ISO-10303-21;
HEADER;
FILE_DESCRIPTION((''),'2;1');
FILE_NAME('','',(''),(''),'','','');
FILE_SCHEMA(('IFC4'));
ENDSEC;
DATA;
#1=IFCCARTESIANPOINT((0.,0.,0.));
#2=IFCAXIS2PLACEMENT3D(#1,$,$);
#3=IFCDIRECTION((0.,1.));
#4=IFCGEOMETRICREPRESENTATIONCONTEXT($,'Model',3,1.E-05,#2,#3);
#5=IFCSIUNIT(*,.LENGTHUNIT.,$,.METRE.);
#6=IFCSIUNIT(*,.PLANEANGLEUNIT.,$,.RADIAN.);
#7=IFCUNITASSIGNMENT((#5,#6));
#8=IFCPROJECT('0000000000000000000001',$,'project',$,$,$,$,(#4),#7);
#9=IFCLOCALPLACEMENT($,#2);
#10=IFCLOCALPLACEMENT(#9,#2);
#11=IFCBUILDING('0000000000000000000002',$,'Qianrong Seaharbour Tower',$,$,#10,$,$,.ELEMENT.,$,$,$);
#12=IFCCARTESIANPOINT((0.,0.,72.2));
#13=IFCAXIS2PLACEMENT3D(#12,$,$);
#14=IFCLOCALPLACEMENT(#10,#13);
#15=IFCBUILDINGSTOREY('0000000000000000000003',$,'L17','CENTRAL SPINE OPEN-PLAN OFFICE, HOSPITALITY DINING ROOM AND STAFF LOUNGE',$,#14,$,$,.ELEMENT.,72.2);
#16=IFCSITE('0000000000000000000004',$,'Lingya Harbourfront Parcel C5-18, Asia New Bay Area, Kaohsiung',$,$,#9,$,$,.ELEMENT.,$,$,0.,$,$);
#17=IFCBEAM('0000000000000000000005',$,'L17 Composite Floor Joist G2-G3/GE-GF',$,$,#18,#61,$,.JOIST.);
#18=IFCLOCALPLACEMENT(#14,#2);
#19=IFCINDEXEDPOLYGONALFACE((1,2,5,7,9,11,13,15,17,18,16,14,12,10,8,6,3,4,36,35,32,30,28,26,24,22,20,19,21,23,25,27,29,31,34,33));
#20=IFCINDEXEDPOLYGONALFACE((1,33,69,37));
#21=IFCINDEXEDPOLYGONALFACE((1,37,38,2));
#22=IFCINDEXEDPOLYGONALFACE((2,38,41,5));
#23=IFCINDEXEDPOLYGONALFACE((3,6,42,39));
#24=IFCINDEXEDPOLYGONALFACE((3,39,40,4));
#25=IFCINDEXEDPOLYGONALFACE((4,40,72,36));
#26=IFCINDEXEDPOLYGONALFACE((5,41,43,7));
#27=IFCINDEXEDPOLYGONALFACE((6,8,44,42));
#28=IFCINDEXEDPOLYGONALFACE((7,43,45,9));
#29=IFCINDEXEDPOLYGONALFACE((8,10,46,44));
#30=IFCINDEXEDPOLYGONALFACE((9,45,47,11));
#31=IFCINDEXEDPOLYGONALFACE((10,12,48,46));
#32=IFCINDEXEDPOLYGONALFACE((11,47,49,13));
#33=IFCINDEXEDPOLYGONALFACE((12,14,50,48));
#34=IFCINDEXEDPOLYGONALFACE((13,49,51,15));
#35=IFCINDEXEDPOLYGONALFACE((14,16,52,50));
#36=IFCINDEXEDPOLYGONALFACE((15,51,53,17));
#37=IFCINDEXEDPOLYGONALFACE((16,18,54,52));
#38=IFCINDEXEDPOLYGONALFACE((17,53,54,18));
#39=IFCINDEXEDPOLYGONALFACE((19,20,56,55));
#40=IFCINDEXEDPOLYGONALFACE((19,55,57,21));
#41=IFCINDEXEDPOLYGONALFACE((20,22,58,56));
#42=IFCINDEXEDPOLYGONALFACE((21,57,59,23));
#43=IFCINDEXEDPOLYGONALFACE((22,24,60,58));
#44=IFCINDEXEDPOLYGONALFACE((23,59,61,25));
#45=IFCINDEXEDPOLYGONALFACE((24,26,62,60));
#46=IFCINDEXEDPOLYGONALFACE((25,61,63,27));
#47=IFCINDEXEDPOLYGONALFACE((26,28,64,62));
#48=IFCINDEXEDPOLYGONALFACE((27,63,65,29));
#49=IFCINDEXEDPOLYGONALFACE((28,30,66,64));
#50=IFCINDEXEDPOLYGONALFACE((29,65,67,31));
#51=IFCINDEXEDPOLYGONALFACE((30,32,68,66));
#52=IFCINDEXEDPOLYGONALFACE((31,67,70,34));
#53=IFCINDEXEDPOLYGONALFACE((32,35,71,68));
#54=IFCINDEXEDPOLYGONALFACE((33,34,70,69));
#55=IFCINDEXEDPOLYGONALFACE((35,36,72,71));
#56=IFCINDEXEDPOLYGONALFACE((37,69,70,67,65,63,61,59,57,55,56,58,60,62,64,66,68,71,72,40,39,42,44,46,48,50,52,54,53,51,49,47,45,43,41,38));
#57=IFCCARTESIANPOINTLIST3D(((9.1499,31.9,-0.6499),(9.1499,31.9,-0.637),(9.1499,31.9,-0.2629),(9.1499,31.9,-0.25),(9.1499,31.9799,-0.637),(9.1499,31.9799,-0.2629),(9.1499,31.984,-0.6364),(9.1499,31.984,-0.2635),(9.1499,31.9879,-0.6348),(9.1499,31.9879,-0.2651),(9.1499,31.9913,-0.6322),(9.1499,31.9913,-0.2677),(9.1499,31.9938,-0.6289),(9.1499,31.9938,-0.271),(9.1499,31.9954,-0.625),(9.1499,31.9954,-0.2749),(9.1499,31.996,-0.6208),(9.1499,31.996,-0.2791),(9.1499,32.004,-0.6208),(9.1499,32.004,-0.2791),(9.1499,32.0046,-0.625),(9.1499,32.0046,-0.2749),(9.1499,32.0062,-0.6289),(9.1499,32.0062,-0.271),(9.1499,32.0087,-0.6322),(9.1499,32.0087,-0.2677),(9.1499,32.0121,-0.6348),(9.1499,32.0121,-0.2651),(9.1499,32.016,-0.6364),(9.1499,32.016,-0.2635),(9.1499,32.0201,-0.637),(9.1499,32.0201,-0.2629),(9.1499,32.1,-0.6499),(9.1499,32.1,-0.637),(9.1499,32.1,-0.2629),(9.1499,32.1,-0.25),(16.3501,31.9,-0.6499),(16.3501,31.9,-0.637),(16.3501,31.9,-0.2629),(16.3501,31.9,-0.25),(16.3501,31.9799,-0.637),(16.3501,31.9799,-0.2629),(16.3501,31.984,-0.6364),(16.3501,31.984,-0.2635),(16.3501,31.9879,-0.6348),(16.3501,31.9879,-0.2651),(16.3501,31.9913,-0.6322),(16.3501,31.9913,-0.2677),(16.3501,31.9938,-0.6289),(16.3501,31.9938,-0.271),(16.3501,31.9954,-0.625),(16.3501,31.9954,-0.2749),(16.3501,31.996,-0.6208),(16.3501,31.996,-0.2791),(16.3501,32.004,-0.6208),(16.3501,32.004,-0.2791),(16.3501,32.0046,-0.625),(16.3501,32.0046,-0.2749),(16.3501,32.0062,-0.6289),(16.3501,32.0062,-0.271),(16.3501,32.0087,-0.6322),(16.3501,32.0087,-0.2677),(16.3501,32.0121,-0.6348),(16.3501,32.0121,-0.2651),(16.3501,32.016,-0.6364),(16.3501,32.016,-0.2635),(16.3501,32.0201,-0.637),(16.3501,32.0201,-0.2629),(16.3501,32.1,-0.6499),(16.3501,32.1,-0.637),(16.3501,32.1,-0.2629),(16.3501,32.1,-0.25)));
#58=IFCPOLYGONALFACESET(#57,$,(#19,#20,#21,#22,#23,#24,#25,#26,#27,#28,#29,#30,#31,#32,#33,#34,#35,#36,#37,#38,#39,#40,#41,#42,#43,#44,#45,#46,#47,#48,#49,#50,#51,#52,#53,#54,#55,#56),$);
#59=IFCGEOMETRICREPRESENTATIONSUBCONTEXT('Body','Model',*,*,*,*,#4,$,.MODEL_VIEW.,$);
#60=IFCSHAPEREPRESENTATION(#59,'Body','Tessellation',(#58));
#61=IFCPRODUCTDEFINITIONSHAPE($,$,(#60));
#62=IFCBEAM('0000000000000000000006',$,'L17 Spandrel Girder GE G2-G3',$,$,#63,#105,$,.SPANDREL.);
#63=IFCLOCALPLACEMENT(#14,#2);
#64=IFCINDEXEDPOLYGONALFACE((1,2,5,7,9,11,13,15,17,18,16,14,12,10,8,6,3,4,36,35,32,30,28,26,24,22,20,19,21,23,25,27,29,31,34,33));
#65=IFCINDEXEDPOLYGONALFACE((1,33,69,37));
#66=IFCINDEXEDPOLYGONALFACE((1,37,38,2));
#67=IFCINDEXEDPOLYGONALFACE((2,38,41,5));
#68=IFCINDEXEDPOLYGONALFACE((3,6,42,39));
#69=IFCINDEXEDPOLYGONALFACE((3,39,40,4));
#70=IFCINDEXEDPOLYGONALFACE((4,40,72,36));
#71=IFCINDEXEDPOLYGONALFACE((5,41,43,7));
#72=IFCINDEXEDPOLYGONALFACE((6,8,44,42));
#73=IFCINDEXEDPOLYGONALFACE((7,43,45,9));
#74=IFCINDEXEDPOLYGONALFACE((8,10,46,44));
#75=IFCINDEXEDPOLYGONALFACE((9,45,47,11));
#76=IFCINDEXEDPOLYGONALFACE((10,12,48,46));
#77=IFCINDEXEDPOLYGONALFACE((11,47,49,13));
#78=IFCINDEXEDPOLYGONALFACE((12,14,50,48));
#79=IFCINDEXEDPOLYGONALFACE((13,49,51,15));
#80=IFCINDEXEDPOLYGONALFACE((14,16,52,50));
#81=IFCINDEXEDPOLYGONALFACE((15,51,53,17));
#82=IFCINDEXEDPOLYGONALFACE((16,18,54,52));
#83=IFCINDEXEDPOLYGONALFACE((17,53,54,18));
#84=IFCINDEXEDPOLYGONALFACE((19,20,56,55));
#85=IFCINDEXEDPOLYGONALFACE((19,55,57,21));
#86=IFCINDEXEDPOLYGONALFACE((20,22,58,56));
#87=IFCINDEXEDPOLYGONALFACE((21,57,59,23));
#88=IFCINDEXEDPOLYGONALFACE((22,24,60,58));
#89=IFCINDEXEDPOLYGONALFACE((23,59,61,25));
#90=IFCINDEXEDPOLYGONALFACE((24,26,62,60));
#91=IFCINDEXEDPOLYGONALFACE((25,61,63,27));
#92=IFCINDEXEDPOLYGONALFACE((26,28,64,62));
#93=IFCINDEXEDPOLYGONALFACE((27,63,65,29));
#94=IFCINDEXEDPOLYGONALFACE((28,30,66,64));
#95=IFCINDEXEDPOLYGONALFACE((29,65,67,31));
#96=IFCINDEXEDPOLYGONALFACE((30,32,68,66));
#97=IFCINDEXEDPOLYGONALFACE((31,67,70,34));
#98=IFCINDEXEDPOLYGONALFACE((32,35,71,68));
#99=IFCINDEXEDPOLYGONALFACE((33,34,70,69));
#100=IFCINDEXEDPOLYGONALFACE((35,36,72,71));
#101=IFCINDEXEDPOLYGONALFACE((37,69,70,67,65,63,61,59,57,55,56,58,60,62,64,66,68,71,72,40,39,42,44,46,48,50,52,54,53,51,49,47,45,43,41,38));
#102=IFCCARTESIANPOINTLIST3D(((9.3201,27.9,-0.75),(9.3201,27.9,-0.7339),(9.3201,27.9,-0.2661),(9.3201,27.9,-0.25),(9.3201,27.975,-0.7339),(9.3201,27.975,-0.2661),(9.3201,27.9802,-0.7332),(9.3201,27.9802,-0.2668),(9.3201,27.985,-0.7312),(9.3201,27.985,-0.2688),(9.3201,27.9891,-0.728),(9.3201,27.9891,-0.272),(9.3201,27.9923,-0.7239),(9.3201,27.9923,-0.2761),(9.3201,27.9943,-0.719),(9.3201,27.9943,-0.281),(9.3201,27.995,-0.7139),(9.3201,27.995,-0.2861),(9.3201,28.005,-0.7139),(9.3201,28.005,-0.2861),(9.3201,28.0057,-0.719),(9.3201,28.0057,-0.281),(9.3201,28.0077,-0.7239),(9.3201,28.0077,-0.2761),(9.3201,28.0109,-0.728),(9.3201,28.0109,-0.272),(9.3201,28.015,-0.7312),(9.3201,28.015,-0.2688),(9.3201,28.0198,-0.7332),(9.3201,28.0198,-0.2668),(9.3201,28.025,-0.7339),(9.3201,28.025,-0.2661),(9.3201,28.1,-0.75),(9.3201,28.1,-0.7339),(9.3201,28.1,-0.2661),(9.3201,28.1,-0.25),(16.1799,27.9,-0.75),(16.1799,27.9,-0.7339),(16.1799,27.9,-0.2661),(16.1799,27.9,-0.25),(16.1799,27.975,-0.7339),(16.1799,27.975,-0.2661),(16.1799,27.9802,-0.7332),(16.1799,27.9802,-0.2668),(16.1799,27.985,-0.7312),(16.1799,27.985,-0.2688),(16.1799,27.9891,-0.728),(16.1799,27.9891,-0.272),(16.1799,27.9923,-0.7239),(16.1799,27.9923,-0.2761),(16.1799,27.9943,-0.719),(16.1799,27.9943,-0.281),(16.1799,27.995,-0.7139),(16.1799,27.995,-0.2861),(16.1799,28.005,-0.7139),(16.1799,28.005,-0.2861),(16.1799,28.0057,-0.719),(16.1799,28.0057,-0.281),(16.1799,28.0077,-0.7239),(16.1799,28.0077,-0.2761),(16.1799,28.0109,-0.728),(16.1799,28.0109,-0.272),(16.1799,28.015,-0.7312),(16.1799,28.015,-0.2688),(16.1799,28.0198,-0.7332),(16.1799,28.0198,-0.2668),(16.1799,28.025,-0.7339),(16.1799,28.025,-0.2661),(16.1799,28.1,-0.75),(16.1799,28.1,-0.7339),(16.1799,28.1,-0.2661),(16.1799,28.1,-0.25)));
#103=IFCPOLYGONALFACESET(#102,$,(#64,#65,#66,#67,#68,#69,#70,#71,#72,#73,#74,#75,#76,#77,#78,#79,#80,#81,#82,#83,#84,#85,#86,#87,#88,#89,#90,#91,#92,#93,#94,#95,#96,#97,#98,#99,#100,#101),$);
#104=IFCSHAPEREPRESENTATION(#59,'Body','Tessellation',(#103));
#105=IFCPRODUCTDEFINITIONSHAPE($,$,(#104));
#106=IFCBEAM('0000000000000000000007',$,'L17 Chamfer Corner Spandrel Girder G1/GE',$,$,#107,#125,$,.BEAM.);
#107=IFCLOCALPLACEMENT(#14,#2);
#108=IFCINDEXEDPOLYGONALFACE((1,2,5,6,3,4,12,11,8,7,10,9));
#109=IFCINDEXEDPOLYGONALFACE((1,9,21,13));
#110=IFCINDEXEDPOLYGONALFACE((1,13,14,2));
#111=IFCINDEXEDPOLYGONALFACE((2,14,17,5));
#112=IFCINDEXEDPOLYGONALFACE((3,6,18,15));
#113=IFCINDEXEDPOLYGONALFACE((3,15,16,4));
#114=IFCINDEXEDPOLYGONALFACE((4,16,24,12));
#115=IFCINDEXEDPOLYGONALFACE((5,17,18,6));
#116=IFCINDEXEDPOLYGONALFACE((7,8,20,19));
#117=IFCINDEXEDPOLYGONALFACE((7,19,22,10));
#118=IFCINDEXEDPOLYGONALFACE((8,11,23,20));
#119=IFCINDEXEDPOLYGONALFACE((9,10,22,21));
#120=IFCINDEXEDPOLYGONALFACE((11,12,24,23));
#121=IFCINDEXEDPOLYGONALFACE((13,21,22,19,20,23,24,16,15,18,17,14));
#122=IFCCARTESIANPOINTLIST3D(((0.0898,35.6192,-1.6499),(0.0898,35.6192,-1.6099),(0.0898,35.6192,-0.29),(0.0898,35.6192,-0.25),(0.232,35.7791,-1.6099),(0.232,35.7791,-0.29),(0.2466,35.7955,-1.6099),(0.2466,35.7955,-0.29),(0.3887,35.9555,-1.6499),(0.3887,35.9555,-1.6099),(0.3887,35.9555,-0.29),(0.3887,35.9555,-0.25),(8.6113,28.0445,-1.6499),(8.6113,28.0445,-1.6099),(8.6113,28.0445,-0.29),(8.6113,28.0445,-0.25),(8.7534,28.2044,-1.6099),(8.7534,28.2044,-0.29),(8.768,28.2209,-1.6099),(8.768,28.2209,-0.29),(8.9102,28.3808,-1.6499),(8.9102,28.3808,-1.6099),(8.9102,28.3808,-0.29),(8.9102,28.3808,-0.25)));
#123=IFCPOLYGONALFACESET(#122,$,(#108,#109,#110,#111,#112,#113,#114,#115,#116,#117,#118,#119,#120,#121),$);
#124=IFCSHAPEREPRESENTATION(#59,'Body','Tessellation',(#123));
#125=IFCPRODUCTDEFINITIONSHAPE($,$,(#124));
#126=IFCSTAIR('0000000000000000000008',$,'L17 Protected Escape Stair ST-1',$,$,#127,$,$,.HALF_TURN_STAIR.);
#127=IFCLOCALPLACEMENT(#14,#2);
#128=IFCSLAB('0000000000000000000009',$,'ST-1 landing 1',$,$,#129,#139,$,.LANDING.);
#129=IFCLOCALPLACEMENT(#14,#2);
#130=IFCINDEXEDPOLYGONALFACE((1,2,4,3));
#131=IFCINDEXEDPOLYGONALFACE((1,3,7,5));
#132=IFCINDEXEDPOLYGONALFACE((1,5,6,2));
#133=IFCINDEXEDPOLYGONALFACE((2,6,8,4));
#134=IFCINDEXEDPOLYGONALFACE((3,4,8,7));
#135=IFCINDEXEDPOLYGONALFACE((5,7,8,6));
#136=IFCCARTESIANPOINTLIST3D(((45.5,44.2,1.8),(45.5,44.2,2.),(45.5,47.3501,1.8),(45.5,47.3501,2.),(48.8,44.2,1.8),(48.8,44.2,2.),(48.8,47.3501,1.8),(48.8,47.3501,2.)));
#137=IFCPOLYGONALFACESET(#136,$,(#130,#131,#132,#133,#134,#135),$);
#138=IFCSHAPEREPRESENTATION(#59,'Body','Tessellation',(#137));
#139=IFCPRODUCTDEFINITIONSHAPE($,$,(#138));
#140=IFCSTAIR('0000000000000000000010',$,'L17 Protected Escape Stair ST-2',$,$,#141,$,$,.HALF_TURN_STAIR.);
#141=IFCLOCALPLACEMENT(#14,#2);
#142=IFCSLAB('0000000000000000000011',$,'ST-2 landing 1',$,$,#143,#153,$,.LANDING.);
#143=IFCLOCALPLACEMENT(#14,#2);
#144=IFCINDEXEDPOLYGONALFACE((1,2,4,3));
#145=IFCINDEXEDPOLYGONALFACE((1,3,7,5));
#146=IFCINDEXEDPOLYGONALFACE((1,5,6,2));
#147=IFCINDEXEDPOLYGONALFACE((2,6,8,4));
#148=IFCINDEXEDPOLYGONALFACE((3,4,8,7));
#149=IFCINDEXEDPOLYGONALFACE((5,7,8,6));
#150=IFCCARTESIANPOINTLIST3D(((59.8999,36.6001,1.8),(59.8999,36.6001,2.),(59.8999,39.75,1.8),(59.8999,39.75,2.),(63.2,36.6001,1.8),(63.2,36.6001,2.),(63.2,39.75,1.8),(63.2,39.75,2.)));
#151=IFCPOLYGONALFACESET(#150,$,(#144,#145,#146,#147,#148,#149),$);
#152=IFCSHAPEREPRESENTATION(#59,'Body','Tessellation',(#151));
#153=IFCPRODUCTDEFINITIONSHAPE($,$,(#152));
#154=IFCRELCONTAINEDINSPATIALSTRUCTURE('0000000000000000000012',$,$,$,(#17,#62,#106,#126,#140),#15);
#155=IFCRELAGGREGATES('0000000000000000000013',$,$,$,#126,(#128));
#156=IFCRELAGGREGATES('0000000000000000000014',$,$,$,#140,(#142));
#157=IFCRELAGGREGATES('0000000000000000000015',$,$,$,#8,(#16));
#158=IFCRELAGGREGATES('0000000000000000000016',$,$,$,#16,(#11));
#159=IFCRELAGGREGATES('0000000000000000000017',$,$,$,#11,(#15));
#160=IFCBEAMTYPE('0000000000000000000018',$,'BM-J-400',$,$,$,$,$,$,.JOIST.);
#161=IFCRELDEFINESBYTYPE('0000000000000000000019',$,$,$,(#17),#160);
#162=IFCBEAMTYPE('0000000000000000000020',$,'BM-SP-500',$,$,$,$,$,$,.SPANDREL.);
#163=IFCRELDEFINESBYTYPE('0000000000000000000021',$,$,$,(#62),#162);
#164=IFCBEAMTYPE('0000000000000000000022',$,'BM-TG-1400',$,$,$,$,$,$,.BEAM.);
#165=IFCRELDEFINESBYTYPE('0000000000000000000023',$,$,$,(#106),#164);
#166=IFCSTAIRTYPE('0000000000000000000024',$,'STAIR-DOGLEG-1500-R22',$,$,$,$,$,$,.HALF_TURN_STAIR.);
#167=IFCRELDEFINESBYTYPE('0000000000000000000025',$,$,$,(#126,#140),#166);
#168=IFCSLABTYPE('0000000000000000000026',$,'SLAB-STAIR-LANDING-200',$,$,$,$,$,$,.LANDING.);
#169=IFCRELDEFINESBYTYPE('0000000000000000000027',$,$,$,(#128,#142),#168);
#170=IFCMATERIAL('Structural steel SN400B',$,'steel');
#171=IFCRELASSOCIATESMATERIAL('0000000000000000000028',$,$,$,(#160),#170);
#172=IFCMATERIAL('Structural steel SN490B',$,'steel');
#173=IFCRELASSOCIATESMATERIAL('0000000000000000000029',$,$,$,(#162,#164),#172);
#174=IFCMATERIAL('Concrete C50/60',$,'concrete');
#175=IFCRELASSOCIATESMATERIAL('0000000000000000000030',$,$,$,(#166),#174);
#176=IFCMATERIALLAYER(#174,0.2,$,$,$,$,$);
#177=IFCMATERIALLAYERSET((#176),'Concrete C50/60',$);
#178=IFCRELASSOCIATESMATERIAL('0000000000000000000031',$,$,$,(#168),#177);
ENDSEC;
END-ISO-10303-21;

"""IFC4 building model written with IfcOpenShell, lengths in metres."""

from ifc_helpers import new_model, si_unit, direction, frame, origin, origin_2d, place, context, subcontext, project, spatial, polyline, i_section, outline, extrude, material, layer, layer_set, material_profile, profile_set, type_object, element, aggregate, save


model = new_model("IFC4")

# Units and contexts
model_context = context("Model", 3, precision=1e-05, world=origin(), true_north=direction((0.0, 1.0)))
body_context = subcontext(model_context, "Body", "Model", "MODEL_VIEW")
ifc_project = project(units=[si_unit("LENGTHUNIT", "METRE"), si_unit("PLANEANGLEUNIT", "RADIAN")], contexts=[model_context])

# Site, building, storey
site_placement = place(None, origin())
site = spatial("IfcSite", under=ifc_project, at=site_placement, Name="Lingya Harbourfront Parcel C5-18, Asia New Bay Area, Kaohsiung", CompositionType="ELEMENT", RefElevation=0.0)
building_placement = place(site_placement, origin())
building = spatial("IfcBuilding", under=site, at=building_placement, Name="Qianrong Seaharbour Tower", CompositionType="ELEMENT")
storey_placement = place(building_placement, frame((0.0, 0.0, 72.2)))
storey = spatial("IfcBuildingStorey", under=building, at=storey_placement, Name="L17", Description="CENTRAL SPINE OPEN-PLAN OFFICE, HOSPITALITY DINING ROOM AND STAFF LOUNGE", CompositionType="ELEMENT", Elevation=72.2)

# Shared definitions
ifc_material_1 = material(Name="Structural steel SN490B", Category="steel")

# Beams
ifc_material_2 = material(Name="Structural steel SN400B", Category="steel")
ifc_material_profile_1 = material_profile(ifc_material_2, i_section(OverallWidth=0.2, OverallDepth=0.3999, WebThickness=0.0081, FlangeThickness=0.0129, FilletRadius=0.0161, at=origin_2d()), Name="H400x200x8x13")
ifc_profile_set_1 = profile_set([ifc_material_profile_1], Name="Structural steel SN400B")
beam_type_1 = type_object("IfcBeamType", Name="BM-J-400", PredefinedType="JOIST", material=ifc_profile_set_1)
beam_1_placement = place(storey_placement, frame((9.1499, 32.0, -0.45), z_axis=(1.0, 0.0, 0.0), x_axis=(0.0, 1.0, 0.0)))
element("IfcBeam", 1, at=beam_1_placement, inside=storey, type_object=beam_type_1, Name="L17 Composite Floor Joist G2-G3/GE-GF", PredefinedType="JOIST", context=body_context, shape_type="SweptSolid", body=[
    extrude(i_section(OverallWidth=0.2, OverallDepth=0.3999, WebThickness=0.0081, FlangeThickness=0.0129, FilletRadius=0.0161, at=origin_2d()), origin(), (0.0, 0.0, 1.0), 7.2002),
])
ifc_material_profile_2 = material_profile(ifc_material_1, i_section(OverallWidth=0.2, OverallDepth=0.5, WebThickness=0.01, FlangeThickness=0.0161, FilletRadius=0.02, at=origin_2d()), Name="H500x200x10x16")
ifc_profile_set_2 = profile_set([ifc_material_profile_2], Name="Structural steel SN490B")
beam_type_2 = type_object("IfcBeamType", Name="BM-SP-500", PredefinedType="SPANDREL", material=ifc_profile_set_2)
beam_2_placement = place(storey_placement, frame((9.3201, 28.0, -0.5), z_axis=(1.0, 0.0, 0.0), x_axis=(0.0, 1.0, 0.0)))
element("IfcBeam", 2, at=beam_2_placement, inside=storey, type_object=beam_type_2, Name="L17 Spandrel Girder GE G2-G3", PredefinedType="SPANDREL", context=body_context, shape_type="SweptSolid", body=[
    extrude(i_section(OverallWidth=0.2, OverallDepth=0.5, WebThickness=0.01, FlangeThickness=0.0161, FilletRadius=0.02, at=origin_2d()), origin(), (0.0, 0.0, 1.0), 6.8599),
])
ifc_material_profile_3 = material_profile(ifc_material_1, i_section(OverallWidth=0.45, OverallDepth=1.3999, WebThickness=0.022, FlangeThickness=0.04, at=origin_2d()), Name="BH1400x450x22x40")
ifc_profile_set_3 = profile_set([ifc_material_profile_3], Name="Structural steel SN490B")
beam_type_3 = type_object("IfcBeamType", Name="BM-TG-1400", PredefinedType="BEAM", material=ifc_profile_set_3)
beam_3_placement = place(storey_placement, frame((8.7607, 28.2126, -0.95), z_axis=(-0.747407, 0.664366, 0.0), x_axis=(-0.664366, -0.747407, 0.0)))
element("IfcBeam", 3, at=beam_3_placement, inside=storey, type_object=beam_type_3, Name="L17 Chamfer Corner Spandrel Girder G1/GE", PredefinedType="BEAM", context=body_context, shape_type="SweptSolid", body=[
    extrude(i_section(OverallWidth=0.45, OverallDepth=1.3999, WebThickness=0.022, FlangeThickness=0.04, at=origin_2d()), origin(), (0.0, 0.0, 1.0), 11.4014),
])

# Stairs, slabs
ifc_material_3 = material(Name="Concrete C50/60", Category="concrete")
stair_type = type_object("IfcStairType", Name="STAIR-DOGLEG-1500-R22", PredefinedType="HALF_TURN_STAIR", material=ifc_material_3)
stair_1_placement = place(storey_placement, origin())
stair_1 = element("IfcStair", 4, at=stair_1_placement, inside=storey, type_object=stair_type, Name="L17 Protected Escape Stair ST-1", PredefinedType="HALF_TURN_STAIR")
ifc_layer_1 = layer(ifc_material_3, 0.2)
ifc_layer_set_1 = layer_set([ifc_layer_1], Name="Concrete C50/60")
slab_type_1 = type_object("IfcSlabType", Name="SLAB-STAIR-LANDING-200", PredefinedType="LANDING", material=ifc_layer_set_1)
slab_1_placement = place(storey_placement, frame((0.0, 0.0, 1.8)))
slab_1 = element("IfcSlab", 5, at=slab_1_placement, type_object=slab_type_1, Name="ST-1 landing 1", PredefinedType="LANDING", context=body_context, shape_type="SweptSolid", body=[
    extrude(outline(polyline([(45.5, 44.2), (48.8, 44.2), (48.8, 47.3501), (45.5, 47.3501), (45.5, 44.2)])), origin(), (0.0, 0.0, 1.0), 0.2),
])
aggregate(stair_1, [slab_1])
stair_2_placement = place(storey_placement, origin())
stair_2 = element("IfcStair", 6, at=stair_2_placement, inside=storey, type_object=stair_type, Name="L17 Protected Escape Stair ST-2", PredefinedType="HALF_TURN_STAIR")
slab_2_placement = place(storey_placement, frame((0.0, 0.0, 1.8)))
slab_2 = element("IfcSlab", 7, at=slab_2_placement, type_object=slab_type_1, Name="ST-2 landing 1", PredefinedType="LANDING", context=body_context, shape_type="SweptSolid", body=[
    extrude(outline(polyline([(59.8999, 36.6001), (63.2, 36.6001), (63.2, 39.75), (59.8999, 39.75), (59.8999, 36.6001)])), origin(), (0.0, 0.0, 1.0), 0.2),
])
aggregate(stair_2, [slab_2])

save(model, "model.ifc")
